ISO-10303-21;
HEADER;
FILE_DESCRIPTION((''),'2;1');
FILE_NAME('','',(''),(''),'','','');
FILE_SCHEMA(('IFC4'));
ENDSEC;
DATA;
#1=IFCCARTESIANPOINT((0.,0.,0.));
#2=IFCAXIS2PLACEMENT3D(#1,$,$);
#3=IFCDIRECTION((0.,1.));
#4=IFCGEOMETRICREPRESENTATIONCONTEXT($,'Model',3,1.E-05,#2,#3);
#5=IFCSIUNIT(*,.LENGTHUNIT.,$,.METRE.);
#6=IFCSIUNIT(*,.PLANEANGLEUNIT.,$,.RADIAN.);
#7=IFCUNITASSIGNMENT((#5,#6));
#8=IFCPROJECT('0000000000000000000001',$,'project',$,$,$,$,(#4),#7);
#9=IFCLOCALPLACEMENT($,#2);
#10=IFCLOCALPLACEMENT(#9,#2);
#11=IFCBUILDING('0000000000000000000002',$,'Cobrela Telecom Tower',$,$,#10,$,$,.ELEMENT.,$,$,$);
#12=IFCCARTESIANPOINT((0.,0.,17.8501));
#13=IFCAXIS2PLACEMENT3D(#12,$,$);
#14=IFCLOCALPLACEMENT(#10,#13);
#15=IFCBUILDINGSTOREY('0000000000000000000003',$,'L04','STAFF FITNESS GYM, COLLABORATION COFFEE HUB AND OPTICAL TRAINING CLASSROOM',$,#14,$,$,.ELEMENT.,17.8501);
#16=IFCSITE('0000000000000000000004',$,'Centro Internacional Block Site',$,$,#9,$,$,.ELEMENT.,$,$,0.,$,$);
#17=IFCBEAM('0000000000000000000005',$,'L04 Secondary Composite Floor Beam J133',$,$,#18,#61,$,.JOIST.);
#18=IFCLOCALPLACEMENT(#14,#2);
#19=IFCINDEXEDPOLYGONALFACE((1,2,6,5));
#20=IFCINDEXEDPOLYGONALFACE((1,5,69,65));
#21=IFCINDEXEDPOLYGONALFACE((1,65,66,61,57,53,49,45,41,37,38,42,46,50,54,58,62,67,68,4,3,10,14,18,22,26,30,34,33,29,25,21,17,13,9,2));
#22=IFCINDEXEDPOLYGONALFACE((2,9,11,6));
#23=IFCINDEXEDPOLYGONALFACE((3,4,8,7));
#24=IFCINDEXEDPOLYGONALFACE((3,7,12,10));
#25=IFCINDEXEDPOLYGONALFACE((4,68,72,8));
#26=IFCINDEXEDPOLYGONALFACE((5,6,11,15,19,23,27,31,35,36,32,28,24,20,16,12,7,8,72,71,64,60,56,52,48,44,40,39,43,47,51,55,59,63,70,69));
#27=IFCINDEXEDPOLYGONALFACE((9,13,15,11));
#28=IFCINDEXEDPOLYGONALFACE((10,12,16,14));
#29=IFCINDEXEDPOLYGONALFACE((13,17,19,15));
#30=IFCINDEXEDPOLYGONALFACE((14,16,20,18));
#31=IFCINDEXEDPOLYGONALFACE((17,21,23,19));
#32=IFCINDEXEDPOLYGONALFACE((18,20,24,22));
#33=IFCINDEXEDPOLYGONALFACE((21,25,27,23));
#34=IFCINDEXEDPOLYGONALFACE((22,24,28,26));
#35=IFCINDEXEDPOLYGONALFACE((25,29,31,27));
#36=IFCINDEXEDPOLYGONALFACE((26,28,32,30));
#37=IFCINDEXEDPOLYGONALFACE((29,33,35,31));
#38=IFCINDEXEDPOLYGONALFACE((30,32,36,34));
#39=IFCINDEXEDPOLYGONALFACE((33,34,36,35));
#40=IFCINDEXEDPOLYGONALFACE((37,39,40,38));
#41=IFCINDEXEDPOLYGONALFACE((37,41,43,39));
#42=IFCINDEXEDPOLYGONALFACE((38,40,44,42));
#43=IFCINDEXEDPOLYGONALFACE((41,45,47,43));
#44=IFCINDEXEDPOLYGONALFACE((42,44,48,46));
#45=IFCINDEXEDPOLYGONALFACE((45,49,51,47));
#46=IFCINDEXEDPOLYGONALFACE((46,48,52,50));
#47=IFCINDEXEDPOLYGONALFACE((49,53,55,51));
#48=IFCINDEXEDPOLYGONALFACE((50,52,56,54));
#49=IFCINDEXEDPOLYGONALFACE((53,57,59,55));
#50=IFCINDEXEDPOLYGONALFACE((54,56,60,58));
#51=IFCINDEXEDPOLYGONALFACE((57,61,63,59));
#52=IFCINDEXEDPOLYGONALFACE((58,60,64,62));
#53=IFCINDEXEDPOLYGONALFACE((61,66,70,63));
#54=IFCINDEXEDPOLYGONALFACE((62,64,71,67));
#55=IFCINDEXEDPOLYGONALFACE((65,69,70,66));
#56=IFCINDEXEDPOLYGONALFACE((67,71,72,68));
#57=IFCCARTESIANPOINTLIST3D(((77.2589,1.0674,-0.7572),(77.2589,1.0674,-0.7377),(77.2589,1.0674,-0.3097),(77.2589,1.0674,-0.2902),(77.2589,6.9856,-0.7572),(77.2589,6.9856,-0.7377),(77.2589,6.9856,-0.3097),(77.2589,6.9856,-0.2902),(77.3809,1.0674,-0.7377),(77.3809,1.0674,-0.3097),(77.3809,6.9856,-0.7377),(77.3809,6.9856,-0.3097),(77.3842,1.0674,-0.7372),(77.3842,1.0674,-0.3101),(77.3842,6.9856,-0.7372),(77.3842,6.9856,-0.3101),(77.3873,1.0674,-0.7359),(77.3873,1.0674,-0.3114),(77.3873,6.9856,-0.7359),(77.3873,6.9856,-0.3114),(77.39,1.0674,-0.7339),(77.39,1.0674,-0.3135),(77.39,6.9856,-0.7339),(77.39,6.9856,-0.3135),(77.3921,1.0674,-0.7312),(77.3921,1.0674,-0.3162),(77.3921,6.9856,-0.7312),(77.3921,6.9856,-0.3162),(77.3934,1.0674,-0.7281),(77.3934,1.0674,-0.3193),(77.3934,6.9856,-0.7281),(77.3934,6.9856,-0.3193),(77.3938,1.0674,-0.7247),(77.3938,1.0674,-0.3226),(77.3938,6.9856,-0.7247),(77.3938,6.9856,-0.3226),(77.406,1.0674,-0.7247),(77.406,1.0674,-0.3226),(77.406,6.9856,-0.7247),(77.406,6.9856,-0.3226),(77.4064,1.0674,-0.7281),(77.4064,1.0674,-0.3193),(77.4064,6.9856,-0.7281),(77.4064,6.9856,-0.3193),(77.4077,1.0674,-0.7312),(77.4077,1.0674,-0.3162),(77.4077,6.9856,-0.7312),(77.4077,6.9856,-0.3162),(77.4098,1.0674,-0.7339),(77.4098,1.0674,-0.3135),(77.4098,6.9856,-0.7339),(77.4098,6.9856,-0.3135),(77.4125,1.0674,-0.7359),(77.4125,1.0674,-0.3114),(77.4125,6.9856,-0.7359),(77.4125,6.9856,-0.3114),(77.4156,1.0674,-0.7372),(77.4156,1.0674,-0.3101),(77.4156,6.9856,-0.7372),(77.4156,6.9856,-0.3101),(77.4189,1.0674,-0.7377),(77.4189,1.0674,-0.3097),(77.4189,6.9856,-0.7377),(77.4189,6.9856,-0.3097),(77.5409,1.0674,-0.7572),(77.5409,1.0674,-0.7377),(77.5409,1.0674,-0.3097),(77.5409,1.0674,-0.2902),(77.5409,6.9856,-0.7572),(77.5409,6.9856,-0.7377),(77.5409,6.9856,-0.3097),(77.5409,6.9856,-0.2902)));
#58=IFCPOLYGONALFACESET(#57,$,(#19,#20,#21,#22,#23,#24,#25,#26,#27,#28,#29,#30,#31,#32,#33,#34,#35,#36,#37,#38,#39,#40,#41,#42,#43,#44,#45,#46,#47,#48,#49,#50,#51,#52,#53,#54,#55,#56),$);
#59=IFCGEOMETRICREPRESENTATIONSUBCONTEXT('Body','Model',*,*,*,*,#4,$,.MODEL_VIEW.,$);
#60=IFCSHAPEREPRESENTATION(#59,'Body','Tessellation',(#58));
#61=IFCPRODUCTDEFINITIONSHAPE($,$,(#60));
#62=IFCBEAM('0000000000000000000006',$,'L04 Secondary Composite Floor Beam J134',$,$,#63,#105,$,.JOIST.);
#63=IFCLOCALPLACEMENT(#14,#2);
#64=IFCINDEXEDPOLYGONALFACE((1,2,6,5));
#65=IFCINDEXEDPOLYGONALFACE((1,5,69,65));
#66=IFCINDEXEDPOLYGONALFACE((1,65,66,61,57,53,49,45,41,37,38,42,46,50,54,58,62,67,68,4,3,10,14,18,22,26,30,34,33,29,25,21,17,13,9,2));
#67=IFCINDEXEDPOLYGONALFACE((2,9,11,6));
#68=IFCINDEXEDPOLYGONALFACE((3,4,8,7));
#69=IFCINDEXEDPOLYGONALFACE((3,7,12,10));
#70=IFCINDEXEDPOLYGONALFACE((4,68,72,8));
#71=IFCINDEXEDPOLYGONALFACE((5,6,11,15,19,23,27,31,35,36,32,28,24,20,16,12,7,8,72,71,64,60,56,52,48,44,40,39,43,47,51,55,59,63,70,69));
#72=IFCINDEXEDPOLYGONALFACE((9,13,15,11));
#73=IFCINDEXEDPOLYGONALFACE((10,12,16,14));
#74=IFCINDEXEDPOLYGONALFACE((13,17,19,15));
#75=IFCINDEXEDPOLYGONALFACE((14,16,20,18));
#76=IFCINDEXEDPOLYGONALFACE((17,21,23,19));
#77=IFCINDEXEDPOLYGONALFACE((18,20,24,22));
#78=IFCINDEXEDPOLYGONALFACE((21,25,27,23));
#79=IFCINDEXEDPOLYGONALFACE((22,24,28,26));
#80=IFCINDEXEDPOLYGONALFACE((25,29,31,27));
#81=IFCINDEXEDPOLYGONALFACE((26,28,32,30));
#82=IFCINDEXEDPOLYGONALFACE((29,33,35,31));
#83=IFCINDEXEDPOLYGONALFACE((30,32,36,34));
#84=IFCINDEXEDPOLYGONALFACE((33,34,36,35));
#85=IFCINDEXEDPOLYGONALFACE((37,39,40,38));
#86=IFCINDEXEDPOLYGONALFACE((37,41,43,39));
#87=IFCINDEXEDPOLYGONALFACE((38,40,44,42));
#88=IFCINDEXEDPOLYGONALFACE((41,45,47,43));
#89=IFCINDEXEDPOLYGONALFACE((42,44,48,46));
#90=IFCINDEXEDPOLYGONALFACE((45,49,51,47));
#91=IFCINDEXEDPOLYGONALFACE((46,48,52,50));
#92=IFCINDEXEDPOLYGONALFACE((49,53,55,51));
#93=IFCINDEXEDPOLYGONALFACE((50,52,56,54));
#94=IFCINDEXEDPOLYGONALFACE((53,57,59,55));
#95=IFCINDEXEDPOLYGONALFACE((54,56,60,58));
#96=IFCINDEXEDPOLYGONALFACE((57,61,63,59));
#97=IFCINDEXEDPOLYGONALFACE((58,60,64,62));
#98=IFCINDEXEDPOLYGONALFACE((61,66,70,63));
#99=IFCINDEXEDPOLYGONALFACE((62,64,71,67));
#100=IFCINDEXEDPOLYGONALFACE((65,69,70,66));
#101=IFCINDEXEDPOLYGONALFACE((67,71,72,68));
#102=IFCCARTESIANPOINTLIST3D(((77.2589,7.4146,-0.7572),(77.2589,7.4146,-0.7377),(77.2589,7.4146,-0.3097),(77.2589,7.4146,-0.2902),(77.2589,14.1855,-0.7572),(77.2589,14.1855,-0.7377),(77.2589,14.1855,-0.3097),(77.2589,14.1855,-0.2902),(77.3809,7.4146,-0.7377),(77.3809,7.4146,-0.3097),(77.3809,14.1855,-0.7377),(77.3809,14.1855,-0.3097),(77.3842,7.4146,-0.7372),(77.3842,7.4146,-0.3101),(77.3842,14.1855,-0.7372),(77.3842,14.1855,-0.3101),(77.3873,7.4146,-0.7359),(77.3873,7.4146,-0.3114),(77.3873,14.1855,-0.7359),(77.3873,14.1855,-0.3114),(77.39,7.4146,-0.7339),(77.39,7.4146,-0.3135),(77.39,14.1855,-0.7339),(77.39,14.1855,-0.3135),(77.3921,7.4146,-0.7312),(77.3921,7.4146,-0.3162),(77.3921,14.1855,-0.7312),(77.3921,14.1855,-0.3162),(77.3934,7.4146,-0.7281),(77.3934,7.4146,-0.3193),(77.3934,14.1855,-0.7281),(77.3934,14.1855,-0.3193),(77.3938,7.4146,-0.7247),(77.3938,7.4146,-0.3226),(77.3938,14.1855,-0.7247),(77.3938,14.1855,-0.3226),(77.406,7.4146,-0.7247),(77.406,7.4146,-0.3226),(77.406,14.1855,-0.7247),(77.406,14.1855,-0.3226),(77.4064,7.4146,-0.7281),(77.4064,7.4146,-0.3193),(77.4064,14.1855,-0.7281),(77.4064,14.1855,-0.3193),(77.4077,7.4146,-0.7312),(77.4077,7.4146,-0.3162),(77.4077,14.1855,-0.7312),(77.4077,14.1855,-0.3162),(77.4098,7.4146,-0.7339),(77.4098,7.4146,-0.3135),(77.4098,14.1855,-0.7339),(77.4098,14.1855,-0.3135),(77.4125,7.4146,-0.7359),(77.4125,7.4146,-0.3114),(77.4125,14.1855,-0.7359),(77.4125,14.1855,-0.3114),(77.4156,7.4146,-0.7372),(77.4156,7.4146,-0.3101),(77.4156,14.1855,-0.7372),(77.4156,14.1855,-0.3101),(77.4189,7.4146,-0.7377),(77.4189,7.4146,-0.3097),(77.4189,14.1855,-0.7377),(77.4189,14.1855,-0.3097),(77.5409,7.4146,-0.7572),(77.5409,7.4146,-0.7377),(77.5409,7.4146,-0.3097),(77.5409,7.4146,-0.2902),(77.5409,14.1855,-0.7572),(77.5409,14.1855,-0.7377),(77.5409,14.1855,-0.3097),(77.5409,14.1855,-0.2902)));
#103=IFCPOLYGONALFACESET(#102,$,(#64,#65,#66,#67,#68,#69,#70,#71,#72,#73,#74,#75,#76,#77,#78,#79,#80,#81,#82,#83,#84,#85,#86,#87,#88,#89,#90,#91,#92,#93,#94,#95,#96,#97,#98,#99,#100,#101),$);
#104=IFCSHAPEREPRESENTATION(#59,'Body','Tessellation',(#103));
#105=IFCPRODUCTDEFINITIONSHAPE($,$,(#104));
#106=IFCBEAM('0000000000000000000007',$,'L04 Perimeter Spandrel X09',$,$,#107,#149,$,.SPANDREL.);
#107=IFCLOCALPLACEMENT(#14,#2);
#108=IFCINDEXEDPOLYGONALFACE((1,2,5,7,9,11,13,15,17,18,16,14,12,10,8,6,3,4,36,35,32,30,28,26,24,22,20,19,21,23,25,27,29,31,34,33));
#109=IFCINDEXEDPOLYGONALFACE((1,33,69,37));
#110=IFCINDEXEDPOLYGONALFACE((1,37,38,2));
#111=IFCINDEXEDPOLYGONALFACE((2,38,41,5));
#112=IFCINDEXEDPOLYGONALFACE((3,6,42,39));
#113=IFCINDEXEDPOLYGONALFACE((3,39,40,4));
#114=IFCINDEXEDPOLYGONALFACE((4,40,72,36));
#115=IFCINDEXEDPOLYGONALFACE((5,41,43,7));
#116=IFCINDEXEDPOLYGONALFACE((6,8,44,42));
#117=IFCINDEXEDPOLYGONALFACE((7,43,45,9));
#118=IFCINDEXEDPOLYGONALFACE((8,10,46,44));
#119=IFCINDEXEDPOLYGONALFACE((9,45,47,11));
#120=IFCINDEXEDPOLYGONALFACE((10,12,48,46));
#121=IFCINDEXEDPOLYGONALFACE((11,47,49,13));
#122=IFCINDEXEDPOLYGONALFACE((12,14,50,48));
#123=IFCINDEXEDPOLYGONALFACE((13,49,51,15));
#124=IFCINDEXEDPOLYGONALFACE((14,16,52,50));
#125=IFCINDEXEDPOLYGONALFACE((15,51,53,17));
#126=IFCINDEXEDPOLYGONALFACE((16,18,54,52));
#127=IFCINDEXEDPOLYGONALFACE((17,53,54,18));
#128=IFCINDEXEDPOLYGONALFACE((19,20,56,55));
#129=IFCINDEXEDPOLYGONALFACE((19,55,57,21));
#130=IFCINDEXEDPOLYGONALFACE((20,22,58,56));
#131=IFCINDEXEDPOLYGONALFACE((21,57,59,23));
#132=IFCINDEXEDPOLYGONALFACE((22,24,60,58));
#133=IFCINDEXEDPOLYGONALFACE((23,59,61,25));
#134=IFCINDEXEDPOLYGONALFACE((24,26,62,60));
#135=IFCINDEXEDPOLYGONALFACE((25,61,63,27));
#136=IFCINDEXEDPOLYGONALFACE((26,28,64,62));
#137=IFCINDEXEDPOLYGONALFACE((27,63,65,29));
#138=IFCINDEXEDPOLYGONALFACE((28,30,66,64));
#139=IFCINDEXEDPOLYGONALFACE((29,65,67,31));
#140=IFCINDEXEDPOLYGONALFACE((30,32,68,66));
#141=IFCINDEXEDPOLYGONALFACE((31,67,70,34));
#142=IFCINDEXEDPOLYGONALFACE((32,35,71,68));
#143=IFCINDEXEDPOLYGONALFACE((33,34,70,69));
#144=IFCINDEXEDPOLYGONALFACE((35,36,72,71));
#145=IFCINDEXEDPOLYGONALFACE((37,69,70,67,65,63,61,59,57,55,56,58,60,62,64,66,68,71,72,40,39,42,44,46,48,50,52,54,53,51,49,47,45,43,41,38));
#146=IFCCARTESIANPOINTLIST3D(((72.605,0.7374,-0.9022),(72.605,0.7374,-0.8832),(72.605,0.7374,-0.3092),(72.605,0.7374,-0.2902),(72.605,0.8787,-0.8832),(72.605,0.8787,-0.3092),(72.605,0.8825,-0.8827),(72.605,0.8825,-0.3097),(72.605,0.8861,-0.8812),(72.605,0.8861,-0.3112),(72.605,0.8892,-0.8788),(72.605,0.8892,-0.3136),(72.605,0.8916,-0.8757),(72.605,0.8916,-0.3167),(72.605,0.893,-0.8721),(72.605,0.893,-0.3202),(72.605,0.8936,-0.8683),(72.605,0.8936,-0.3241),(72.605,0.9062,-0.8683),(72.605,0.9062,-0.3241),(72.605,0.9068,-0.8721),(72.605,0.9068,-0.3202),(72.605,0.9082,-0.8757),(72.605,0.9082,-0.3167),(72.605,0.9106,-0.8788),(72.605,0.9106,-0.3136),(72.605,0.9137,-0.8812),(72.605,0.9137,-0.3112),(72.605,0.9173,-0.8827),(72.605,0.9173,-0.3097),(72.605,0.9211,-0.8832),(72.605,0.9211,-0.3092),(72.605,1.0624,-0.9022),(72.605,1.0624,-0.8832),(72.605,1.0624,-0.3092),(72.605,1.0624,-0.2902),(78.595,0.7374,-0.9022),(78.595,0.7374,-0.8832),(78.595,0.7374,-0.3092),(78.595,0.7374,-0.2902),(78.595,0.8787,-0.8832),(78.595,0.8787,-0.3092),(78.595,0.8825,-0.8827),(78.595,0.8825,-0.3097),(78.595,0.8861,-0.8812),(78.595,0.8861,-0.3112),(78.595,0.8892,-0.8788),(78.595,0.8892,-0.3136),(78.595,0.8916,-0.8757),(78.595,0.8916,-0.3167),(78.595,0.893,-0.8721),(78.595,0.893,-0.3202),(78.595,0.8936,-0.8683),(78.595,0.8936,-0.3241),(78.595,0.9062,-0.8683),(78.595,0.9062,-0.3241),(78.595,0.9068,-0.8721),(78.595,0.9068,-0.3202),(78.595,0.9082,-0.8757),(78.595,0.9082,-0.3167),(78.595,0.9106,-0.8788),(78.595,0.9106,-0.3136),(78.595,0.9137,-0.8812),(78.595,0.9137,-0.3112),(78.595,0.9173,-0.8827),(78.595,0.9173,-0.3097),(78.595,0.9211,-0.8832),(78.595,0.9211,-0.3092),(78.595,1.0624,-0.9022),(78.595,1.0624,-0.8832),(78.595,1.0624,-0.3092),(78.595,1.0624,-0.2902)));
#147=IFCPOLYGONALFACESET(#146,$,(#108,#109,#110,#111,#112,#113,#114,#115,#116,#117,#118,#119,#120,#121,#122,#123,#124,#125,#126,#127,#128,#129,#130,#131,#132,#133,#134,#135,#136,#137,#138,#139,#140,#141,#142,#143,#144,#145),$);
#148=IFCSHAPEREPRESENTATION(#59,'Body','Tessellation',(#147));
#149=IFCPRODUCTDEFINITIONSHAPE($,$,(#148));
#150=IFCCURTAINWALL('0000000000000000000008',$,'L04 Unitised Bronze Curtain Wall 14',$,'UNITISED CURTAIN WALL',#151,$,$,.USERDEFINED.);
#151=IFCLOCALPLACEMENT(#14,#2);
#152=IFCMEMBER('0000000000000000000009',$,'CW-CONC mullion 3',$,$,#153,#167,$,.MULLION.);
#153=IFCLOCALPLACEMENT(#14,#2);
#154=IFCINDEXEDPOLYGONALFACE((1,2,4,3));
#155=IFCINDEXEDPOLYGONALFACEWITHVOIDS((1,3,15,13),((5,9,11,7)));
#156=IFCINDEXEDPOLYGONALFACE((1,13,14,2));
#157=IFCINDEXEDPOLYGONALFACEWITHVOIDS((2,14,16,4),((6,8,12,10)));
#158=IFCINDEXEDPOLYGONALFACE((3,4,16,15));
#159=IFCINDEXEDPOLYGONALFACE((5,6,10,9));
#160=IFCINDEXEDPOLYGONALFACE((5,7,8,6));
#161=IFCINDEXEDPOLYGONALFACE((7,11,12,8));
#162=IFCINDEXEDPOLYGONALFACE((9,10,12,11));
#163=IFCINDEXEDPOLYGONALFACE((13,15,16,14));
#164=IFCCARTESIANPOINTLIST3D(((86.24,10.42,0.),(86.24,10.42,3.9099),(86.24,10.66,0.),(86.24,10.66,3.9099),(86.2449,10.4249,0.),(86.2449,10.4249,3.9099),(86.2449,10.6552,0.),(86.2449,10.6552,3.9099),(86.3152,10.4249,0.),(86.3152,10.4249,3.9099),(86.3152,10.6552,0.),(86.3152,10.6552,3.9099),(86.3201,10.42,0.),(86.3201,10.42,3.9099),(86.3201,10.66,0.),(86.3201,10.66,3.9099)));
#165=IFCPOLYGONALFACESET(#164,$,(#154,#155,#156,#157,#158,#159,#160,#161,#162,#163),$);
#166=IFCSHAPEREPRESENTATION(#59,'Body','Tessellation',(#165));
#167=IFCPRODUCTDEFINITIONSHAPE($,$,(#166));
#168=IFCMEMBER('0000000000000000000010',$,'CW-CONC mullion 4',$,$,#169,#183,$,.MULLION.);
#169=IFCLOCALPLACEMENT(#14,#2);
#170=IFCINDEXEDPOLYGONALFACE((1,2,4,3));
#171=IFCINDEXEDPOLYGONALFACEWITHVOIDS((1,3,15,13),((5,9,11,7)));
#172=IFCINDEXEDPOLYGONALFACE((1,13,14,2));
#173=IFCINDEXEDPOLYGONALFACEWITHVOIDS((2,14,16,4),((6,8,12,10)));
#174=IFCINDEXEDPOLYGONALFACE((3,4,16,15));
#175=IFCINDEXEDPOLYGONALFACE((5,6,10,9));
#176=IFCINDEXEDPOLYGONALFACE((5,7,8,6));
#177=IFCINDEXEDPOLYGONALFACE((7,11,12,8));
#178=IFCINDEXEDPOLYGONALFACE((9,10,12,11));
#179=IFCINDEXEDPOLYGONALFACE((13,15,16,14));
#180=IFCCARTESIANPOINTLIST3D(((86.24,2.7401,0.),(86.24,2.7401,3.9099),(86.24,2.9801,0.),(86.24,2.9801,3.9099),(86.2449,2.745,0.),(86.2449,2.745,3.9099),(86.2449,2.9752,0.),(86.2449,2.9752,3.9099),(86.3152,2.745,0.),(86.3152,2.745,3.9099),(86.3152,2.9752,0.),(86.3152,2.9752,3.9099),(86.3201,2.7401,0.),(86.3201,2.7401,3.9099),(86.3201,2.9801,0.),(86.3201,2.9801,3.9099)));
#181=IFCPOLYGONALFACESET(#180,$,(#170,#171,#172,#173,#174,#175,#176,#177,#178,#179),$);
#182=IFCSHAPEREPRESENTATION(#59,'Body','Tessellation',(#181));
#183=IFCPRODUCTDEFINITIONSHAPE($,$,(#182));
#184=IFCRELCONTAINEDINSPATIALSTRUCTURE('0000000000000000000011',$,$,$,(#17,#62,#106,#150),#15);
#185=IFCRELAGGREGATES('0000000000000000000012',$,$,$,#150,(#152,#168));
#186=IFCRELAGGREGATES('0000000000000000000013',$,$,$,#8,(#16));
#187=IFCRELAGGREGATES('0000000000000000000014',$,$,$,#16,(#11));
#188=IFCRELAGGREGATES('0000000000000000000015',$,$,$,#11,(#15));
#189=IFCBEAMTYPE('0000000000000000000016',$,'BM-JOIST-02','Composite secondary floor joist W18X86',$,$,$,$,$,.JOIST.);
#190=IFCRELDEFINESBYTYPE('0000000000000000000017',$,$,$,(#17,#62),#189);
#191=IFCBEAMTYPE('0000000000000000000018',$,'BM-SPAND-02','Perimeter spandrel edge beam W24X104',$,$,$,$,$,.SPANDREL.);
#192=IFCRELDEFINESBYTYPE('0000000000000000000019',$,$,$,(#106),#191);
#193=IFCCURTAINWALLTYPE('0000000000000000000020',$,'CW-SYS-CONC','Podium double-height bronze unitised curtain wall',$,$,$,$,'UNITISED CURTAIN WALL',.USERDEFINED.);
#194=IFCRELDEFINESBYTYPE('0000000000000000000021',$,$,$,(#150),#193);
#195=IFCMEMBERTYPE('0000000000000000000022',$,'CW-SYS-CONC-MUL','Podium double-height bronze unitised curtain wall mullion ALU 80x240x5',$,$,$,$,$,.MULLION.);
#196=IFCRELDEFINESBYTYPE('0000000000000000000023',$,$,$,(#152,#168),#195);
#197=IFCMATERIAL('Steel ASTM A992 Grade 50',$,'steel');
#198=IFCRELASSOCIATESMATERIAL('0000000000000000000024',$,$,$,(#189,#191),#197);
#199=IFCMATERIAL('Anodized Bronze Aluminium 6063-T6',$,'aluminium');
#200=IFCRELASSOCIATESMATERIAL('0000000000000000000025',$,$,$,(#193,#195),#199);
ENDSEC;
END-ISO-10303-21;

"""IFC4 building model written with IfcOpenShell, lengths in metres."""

from ifc_helpers import new_model, si_unit, direction, frame, origin, origin_2d, place, context, subcontext, project, spatial, hollow_rectangle, i_section, extrude, material, material_profile, profile_set, type_object, element, aggregate, save


model = new_model("IFC4")

# Units and contexts
model_context = context("Model", 3, precision=1e-05, world=origin(), true_north=direction((0.0, 1.0)))
body_context = subcontext(model_context, "Body", "Model", "MODEL_VIEW")
ifc_project = project(units=[si_unit("LENGTHUNIT", "METRE"), si_unit("PLANEANGLEUNIT", "RADIAN")], contexts=[model_context])

# Site, building, storey
site_placement = place(None, origin())
site = spatial("IfcSite", under=ifc_project, at=site_placement, Name="Centro Internacional Block Site", CompositionType="ELEMENT", RefElevation=0.0)
building_placement = place(site_placement, origin())
building = spatial("IfcBuilding", under=site, at=building_placement, Name="Cobrela Telecom Tower", CompositionType="ELEMENT")
storey_placement = place(building_placement, frame((0.0, 0.0, 17.8501)))
storey = spatial("IfcBuildingStorey", under=building, at=storey_placement, Name="L04", Description="STAFF FITNESS GYM, COLLABORATION COFFEE HUB AND OPTICAL TRAINING CLASSROOM", CompositionType="ELEMENT", Elevation=17.8501)

# Beams
ifc_material_1 = material(Name="Steel ASTM A992 Grade 50", Category="steel")
ifc_material_profile_1 = material_profile(ifc_material_1, i_section(OverallWidth=0.282, OverallDepth=0.467, WebThickness=0.0122, FlangeThickness=0.0195, FilletRadius=0.0129, at=origin_2d()), Name="W18X86")
ifc_profile_set_1 = profile_set([ifc_material_profile_1], Name="Steel ASTM A992 Grade 50")
beam_type_1 = type_object("IfcBeamType", Name="BM-JOIST-02", Description="Composite secondary floor joist W18X86", PredefinedType="JOIST", material=ifc_profile_set_1)
beam_1_placement = place(storey_placement, frame((77.3999, 1.0674, -0.5237), z_axis=(0.0, 1.0, 0.0), x_axis=(-1.0, 0.0, 0.0)))
element("IfcBeam", 1, at=beam_1_placement, inside=storey, type_object=beam_type_1, Name="L04 Secondary Composite Floor Beam J133", PredefinedType="JOIST", context=body_context, shape_type="SweptSolid", body=[
    extrude(i_section(OverallWidth=0.282, OverallDepth=0.467, WebThickness=0.0122, FlangeThickness=0.0195, FilletRadius=0.0129, at=origin_2d()), origin(), (0.0, 0.0, 1.0), 5.9182),
])
beam_2_placement = place(storey_placement, frame((77.3999, 7.4146, -0.5237), z_axis=(0.0, 1.0, 0.0), x_axis=(-1.0, 0.0, 0.0)))
element("IfcBeam", 2, at=beam_2_placement, inside=storey, type_object=beam_type_1, Name="L04 Secondary Composite Floor Beam J134", PredefinedType="JOIST", context=body_context, shape_type="SweptSolid", body=[
    extrude(i_section(OverallWidth=0.282, OverallDepth=0.467, WebThickness=0.0122, FlangeThickness=0.0195, FilletRadius=0.0129, at=origin_2d()), origin(), (0.0, 0.0, 1.0), 6.771),
])
ifc_material_profile_2 = material_profile(ifc_material_1, i_section(OverallWidth=0.325, OverallDepth=0.6121, WebThickness=0.0127, FlangeThickness=0.019, FilletRadius=0.0149, at=origin_2d()), Name="W24X104")
ifc_profile_set_2 = profile_set([ifc_material_profile_2], Name="Steel ASTM A992 Grade 50")
beam_type_2 = type_object("IfcBeamType", Name="BM-SPAND-02", Description="Perimeter spandrel edge beam W24X104", PredefinedType="SPANDREL", material=ifc_profile_set_2)
beam_3_placement = place(storey_placement, frame((72.605, 0.8999, -0.5962), z_axis=(1.0, 0.0, 0.0), x_axis=(0.0, 1.0, 0.0)))
element("IfcBeam", 3, at=beam_3_placement, inside=storey, type_object=beam_type_2, Name="L04 Perimeter Spandrel X09", PredefinedType="SPANDREL", context=body_context, shape_type="SweptSolid", body=[
    extrude(i_section(OverallWidth=0.325, OverallDepth=0.6121, WebThickness=0.0127, FlangeThickness=0.019, FilletRadius=0.0149, at=origin_2d()), origin(), (0.0, 0.0, 1.0), 5.99),
])

# Curtain wall, members
ifc_material_2 = material(Name="Anodized Bronze Aluminium 6063-T6", Category="aluminium")
curtain_wall_type = type_object("IfcCurtainWallType", Name="CW-SYS-CONC", Description="Podium double-height bronze unitised curtain wall", ElementType="UNITISED CURTAIN WALL", PredefinedType="USERDEFINED", material=ifc_material_2)
curtain_wall_1_placement = place(storey_placement, origin())
curtain_wall_1 = element("IfcCurtainWall", 4, at=curtain_wall_1_placement, inside=storey, type_object=curtain_wall_type, Name="L04 Unitised Bronze Curtain Wall 14", ObjectType="UNITISED CURTAIN WALL", PredefinedType="USERDEFINED")
ifc_material_profile_3 = material_profile(ifc_material_2, hollow_rectangle(XDim=0.0801, YDim=0.24, WallThickness=0.0049, at=origin_2d()), Name="ALU 80x240x5")
ifc_profile_set_3 = profile_set([ifc_material_profile_3], Name="Anodized Bronze Aluminium 6063-T6")
member_type_1 = type_object("IfcMemberType", Name="CW-SYS-CONC-MUL", Description="Podium double-height bronze unitised curtain wall mullion ALU 80x240x5", PredefinedType="MULLION", material=ifc_profile_set_3)
member_1_placement = place(storey_placement, frame((86.28, 10.54, 0.0), z_axis=(0.0, 0.0, 1.0), x_axis=(1.0, 0.0, 0.0)))
member_1 = element("IfcMember", 5, at=member_1_placement, type_object=member_type_1, Name="CW-CONC mullion 3", PredefinedType="MULLION", context=body_context, shape_type="SweptSolid", body=[
    extrude(hollow_rectangle(XDim=0.0801, YDim=0.24, WallThickness=0.0049, at=origin_2d()), origin(), (0.0, 0.0, 1.0), 3.9099),
])
member_2_placement = place(storey_placement, frame((86.28, 2.8601, 0.0), z_axis=(0.0, 0.0, 1.0), x_axis=(1.0, 0.0, 0.0)))
member_2 = element("IfcMember", 6, at=member_2_placement, type_object=member_type_1, Name="CW-CONC mullion 4", PredefinedType="MULLION", context=body_context, shape_type="SweptSolid", body=[
    extrude(hollow_rectangle(XDim=0.0801, YDim=0.24, WallThickness=0.0049, at=origin_2d()), origin(), (0.0, 0.0, 1.0), 3.9099),
])

aggregate(curtain_wall_1, [member_1, member_2])

save(model, "model.ifc")
